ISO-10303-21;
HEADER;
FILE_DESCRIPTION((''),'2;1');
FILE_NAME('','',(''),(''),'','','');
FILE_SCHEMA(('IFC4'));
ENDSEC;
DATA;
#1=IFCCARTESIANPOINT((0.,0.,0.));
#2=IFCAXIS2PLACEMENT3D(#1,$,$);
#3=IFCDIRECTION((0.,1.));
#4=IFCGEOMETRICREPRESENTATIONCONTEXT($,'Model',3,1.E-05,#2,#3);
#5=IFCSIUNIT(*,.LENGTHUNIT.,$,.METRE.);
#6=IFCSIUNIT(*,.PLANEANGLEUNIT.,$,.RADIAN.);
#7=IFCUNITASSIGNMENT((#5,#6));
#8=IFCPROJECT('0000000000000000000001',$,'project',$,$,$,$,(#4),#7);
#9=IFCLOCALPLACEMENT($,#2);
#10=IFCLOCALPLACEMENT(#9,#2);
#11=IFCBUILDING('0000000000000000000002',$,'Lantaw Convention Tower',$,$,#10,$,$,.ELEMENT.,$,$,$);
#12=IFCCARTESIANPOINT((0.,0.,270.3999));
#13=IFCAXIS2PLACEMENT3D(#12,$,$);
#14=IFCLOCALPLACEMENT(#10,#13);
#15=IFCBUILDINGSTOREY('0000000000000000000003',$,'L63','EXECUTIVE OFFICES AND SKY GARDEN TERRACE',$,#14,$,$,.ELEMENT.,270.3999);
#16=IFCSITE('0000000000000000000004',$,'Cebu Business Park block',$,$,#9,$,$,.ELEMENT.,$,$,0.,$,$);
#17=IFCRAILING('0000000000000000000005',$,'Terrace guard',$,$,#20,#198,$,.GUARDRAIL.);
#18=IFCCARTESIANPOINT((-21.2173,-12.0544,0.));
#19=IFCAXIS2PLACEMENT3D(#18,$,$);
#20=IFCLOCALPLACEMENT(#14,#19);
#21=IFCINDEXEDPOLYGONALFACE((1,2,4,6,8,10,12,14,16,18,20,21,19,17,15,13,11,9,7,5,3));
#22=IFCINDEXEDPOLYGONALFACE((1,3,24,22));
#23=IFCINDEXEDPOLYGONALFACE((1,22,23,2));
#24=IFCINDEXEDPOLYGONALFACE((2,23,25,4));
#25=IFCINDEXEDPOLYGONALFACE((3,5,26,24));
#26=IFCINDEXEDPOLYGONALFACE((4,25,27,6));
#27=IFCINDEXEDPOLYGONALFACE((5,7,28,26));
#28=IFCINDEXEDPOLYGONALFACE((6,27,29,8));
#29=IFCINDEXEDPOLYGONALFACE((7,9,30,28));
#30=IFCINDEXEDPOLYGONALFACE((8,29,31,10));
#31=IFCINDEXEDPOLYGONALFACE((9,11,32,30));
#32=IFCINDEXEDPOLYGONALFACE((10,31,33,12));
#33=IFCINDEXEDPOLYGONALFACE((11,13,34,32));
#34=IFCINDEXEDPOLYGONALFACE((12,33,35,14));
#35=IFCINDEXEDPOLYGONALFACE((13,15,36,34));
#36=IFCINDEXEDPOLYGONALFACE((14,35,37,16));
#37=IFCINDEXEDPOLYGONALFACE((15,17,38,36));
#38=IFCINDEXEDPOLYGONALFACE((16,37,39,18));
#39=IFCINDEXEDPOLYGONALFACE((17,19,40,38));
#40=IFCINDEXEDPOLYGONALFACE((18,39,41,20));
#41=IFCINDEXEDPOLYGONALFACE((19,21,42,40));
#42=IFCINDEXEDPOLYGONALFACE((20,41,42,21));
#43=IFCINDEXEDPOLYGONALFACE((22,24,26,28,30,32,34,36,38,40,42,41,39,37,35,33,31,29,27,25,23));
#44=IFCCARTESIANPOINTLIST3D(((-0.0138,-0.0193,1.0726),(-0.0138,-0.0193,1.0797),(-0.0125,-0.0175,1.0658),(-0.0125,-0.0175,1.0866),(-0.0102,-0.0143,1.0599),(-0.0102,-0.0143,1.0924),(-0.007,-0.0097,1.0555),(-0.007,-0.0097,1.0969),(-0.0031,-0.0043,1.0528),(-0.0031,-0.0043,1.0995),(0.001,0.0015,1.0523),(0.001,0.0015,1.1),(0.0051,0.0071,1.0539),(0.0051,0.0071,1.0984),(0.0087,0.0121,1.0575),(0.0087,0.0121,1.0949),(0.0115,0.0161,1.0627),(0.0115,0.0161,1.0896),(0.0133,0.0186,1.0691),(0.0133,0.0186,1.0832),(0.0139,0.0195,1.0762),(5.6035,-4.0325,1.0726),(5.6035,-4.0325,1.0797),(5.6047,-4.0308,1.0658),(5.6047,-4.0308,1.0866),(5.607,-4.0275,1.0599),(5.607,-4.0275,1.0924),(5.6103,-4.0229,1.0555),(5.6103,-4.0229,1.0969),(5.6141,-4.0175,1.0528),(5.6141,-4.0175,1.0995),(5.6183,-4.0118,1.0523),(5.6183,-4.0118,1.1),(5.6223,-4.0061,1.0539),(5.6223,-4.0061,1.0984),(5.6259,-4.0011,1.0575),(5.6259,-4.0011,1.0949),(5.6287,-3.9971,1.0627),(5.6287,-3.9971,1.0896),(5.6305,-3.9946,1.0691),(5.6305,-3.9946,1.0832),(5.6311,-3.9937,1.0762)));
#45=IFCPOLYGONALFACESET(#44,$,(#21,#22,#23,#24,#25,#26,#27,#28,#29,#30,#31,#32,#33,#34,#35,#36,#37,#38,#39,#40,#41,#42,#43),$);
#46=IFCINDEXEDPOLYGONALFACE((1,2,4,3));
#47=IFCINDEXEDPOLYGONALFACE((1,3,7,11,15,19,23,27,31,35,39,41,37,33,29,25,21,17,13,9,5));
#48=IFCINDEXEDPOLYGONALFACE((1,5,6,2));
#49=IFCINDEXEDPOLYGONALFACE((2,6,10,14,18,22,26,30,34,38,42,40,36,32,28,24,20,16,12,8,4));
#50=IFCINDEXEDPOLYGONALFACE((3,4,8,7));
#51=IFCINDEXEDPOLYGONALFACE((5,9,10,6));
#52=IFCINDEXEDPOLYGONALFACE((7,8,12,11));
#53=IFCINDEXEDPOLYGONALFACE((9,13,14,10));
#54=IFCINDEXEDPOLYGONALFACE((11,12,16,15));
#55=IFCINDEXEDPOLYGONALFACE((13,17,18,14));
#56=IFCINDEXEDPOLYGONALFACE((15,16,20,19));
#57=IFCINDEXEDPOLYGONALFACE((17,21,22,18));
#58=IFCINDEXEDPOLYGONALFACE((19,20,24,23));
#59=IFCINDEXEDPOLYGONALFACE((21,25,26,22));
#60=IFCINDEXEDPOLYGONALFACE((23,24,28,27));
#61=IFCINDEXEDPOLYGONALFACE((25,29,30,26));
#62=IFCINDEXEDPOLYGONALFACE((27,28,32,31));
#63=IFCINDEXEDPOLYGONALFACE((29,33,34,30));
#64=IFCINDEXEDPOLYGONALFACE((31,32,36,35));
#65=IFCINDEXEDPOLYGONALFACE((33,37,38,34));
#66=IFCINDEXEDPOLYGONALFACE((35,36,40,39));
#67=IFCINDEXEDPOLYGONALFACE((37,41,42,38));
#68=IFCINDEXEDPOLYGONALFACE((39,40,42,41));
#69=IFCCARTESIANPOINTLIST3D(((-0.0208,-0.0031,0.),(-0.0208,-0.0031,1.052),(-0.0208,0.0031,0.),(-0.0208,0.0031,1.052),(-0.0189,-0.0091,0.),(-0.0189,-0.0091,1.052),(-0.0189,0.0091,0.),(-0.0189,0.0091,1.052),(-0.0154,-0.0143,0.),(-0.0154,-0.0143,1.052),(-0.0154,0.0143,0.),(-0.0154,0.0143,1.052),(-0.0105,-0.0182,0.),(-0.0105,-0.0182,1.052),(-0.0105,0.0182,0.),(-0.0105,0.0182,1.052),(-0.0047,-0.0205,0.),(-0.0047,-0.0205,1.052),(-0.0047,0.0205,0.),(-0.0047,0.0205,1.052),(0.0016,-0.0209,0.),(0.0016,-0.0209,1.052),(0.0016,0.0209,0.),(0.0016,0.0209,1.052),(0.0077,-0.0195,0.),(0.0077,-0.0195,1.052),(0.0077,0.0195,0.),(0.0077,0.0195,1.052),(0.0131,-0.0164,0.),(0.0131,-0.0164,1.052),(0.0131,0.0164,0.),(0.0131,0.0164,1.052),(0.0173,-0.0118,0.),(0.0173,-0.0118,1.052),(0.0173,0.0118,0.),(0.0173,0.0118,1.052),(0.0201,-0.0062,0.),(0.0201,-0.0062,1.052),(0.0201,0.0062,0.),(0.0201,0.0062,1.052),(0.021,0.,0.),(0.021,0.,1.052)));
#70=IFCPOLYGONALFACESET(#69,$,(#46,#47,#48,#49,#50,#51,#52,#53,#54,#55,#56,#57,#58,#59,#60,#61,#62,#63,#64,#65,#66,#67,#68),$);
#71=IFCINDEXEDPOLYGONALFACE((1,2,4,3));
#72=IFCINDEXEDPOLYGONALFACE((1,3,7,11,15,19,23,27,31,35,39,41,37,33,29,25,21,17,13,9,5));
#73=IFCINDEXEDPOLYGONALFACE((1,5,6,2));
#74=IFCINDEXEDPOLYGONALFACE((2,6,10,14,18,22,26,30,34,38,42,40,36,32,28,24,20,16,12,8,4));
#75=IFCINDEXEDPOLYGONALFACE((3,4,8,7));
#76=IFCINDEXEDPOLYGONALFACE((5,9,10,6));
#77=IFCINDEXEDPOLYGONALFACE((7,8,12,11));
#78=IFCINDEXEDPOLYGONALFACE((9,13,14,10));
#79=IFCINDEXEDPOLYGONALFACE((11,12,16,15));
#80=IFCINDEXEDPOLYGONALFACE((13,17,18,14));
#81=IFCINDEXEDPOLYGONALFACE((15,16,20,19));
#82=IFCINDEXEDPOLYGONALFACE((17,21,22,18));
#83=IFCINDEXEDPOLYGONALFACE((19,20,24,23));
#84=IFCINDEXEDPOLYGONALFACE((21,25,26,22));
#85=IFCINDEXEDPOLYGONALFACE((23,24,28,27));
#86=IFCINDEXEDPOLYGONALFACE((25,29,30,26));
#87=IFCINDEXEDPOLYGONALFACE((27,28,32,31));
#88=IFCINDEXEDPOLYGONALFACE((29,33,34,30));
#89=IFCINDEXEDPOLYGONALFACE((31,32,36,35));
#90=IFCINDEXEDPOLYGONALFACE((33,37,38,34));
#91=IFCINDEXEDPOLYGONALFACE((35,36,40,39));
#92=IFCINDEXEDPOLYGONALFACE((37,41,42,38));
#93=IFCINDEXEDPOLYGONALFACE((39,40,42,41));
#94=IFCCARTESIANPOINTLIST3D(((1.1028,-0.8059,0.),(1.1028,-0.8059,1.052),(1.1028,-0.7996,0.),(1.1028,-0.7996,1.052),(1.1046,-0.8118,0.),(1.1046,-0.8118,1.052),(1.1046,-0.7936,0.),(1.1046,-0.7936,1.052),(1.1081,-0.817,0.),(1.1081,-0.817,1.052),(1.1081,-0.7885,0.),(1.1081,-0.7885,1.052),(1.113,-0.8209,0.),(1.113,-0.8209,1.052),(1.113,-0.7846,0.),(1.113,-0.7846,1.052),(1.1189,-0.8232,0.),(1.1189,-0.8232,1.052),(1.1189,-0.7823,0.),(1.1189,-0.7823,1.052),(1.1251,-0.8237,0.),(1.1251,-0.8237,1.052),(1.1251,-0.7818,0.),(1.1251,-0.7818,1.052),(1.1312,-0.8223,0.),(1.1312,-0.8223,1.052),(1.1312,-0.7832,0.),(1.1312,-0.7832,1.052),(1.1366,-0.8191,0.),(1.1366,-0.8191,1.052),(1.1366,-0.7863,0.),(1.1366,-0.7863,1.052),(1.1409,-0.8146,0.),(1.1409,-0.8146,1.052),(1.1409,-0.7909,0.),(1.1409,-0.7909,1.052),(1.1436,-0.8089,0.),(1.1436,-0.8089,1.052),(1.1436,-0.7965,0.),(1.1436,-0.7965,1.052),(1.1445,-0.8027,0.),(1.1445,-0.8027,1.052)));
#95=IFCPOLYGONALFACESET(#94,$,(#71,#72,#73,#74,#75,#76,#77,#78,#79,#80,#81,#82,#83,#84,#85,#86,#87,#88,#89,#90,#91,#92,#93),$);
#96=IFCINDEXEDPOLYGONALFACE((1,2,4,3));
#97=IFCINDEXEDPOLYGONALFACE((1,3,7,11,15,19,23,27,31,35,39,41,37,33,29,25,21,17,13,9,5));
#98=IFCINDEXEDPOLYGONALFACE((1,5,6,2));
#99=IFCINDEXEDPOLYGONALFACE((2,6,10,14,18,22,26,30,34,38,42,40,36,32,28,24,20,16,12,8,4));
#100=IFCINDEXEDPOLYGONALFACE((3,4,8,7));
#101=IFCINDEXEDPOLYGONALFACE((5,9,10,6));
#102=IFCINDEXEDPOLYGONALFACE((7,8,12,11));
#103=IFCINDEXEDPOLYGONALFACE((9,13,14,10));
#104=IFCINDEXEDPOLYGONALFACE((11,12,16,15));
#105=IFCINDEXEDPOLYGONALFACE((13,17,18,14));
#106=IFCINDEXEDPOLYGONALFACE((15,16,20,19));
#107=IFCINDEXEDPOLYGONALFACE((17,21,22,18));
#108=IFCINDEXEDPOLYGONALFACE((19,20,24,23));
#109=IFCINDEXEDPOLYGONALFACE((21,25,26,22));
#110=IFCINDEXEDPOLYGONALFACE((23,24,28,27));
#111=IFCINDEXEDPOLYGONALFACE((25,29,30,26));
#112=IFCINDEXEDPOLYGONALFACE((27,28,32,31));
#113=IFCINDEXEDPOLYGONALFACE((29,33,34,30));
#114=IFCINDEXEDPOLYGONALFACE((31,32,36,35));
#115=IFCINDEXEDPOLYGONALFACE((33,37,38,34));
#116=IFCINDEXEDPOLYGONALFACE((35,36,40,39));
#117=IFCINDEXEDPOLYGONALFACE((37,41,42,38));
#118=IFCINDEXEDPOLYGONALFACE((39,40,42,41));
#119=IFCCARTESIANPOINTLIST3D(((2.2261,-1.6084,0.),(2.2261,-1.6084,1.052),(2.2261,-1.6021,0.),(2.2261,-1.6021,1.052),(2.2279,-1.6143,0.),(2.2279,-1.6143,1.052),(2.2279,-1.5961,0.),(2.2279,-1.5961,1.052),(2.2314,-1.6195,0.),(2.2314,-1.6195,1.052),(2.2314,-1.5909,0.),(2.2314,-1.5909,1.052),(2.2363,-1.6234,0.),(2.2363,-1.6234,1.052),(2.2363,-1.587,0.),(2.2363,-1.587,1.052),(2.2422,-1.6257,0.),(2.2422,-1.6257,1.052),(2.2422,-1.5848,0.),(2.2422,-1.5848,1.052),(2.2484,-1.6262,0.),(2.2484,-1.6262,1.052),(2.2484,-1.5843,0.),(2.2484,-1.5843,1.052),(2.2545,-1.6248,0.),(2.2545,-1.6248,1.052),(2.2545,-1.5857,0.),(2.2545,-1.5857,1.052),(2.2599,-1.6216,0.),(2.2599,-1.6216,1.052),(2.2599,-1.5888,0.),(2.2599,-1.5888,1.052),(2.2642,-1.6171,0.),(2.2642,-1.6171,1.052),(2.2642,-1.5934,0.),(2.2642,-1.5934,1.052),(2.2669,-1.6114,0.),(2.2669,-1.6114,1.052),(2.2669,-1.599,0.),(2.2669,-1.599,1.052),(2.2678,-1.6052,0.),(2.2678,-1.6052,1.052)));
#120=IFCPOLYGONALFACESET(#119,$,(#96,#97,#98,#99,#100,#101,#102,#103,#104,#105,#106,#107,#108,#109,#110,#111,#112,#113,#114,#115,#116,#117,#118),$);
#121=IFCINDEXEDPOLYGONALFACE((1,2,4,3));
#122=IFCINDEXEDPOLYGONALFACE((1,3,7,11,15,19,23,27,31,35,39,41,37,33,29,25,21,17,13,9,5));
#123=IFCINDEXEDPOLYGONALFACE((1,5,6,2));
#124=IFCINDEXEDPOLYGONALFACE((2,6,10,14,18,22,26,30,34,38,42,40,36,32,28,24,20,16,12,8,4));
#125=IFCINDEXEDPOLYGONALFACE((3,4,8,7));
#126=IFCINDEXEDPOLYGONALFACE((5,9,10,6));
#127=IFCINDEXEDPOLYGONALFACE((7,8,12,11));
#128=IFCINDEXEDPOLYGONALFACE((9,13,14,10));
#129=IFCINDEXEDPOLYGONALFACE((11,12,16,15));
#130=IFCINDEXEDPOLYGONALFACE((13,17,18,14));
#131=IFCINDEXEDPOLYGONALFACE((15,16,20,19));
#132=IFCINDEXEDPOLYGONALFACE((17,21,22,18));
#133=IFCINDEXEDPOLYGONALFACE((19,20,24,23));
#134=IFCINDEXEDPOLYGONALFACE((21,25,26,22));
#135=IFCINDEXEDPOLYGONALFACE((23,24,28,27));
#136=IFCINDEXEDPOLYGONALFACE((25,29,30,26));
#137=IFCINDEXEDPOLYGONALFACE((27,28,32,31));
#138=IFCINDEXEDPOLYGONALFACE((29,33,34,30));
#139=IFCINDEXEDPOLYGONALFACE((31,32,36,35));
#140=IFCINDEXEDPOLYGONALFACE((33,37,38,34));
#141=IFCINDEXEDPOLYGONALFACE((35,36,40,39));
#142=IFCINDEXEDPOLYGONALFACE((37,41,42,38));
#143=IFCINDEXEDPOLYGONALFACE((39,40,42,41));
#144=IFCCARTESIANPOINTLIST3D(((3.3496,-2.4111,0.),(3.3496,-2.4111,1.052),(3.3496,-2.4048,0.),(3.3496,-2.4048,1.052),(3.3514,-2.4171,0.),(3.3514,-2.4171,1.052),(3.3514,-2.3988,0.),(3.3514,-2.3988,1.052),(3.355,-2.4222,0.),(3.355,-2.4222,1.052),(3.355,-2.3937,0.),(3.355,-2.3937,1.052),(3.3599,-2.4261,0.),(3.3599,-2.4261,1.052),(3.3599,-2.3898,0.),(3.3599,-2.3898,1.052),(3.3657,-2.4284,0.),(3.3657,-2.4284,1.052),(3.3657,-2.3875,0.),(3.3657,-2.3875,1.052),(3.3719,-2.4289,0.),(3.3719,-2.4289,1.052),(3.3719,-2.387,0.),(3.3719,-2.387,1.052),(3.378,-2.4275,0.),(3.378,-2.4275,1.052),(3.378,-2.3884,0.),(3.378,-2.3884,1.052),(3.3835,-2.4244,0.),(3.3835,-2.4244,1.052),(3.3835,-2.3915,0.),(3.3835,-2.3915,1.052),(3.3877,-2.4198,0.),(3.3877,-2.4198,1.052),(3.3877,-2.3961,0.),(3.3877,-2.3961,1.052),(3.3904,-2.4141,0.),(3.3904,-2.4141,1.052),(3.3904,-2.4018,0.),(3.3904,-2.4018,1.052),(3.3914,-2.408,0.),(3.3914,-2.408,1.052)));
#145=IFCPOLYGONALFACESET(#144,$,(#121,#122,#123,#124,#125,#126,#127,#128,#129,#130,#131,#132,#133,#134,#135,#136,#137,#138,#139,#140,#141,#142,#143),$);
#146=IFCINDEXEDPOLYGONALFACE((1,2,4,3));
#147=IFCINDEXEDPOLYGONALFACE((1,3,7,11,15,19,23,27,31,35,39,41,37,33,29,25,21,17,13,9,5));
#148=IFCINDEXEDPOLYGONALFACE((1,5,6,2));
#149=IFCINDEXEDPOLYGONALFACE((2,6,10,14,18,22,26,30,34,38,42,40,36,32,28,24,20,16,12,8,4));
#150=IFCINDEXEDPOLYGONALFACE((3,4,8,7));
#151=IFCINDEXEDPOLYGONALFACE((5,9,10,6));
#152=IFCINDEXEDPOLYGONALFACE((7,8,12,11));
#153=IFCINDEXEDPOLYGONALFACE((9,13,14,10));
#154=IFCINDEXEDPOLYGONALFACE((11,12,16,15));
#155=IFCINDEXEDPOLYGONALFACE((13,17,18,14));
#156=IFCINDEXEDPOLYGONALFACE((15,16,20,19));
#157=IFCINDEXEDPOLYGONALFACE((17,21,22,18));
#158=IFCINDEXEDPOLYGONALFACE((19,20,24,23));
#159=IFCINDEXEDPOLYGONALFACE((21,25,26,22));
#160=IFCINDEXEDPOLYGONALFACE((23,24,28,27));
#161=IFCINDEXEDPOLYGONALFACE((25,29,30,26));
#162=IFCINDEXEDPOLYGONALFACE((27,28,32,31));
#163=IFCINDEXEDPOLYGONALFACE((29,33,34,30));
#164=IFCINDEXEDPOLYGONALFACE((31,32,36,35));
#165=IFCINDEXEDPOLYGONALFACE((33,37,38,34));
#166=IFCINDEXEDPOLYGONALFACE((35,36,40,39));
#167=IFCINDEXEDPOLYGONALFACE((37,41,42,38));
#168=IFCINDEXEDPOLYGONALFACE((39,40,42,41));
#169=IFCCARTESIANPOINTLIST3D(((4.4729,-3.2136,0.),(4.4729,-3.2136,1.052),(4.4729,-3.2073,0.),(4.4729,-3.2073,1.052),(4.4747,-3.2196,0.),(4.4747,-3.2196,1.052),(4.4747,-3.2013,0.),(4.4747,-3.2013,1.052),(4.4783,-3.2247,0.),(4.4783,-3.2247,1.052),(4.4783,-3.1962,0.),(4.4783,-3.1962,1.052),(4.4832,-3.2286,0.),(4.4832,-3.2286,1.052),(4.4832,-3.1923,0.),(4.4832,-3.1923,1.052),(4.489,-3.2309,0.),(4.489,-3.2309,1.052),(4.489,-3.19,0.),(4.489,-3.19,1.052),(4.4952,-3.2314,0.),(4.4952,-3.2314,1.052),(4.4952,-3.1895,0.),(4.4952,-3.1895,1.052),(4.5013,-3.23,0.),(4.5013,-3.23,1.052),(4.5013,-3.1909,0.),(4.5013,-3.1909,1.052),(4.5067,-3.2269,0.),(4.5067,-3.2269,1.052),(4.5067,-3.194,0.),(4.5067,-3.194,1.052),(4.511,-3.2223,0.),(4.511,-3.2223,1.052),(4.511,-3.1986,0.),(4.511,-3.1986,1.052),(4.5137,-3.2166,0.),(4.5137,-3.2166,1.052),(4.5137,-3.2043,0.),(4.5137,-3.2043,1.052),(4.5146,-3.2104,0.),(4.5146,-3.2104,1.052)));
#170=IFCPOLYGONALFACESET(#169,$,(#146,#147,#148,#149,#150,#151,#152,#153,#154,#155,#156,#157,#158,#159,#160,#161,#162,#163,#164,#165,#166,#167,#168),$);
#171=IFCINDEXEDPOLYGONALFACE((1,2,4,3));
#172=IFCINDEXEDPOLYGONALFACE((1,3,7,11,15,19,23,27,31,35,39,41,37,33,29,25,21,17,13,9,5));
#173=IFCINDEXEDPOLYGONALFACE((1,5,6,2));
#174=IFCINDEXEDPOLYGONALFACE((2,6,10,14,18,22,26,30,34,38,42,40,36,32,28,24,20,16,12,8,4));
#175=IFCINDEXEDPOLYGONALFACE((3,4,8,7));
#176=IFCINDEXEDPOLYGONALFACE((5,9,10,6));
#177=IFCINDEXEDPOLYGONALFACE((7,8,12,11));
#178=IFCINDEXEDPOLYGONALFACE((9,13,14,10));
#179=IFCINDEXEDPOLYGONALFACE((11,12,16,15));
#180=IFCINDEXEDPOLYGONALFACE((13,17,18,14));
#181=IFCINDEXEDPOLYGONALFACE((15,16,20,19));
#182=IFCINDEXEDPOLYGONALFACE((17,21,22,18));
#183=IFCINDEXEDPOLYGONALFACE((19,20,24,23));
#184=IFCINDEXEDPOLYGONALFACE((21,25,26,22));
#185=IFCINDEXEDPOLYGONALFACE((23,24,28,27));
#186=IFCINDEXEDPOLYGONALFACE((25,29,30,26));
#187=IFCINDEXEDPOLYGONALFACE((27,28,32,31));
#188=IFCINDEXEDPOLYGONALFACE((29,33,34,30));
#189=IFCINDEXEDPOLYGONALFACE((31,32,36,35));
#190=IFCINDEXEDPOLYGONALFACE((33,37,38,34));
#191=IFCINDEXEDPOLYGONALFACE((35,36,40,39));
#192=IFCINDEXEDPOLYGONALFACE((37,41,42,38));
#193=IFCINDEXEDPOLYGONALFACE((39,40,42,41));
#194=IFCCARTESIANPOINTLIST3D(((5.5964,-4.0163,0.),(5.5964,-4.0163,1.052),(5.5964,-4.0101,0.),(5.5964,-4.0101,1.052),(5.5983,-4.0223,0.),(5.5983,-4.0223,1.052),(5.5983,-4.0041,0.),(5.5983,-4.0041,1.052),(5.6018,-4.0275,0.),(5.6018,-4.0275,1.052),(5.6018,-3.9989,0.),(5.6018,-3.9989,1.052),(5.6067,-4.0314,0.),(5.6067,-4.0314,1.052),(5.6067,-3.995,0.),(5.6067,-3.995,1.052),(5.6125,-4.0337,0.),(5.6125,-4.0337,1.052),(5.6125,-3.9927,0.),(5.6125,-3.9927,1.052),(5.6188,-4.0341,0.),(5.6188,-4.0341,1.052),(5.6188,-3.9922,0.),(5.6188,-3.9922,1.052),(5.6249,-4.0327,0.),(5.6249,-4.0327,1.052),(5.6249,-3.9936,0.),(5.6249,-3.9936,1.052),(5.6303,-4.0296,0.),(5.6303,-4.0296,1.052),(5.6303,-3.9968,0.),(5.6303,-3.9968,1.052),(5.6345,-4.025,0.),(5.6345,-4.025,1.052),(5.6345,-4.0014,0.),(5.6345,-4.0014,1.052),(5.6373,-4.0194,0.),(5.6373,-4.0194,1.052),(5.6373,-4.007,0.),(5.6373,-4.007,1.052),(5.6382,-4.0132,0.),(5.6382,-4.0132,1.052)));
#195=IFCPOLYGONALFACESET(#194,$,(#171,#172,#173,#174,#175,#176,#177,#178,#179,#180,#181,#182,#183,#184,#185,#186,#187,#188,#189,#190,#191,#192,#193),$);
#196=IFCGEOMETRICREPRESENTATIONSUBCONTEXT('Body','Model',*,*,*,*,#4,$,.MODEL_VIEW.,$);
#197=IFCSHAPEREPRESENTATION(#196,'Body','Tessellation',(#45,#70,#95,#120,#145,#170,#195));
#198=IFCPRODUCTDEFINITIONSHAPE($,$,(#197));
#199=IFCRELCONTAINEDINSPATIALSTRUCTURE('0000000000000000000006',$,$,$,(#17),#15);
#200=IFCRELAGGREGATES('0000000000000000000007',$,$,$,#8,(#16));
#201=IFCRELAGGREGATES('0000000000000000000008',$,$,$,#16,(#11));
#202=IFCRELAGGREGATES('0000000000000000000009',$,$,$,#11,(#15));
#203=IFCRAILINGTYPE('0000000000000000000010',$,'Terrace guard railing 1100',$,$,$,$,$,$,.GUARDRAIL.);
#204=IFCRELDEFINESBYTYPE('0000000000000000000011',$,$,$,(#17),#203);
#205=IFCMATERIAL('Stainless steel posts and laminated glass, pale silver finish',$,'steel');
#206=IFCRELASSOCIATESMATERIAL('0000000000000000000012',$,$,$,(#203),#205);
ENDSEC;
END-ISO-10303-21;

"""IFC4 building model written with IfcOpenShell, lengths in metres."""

from ifc_helpers import new_model, si_unit, direction, frame, origin, origin_2d, place, context, subcontext, project, spatial, circle, extrude, material, type_object, element, save


model = new_model("IFC4")

# Units and contexts
model_context = context("Model", 3, precision=1e-05, world=origin(), true_north=direction((0.0, 1.0)))
body_context = subcontext(model_context, "Body", "Model", "MODEL_VIEW")
ifc_project = project(units=[si_unit("LENGTHUNIT", "METRE"), si_unit("PLANEANGLEUNIT", "RADIAN")], contexts=[model_context])

# Site, building, storey
site_placement = place(None, origin())
site = spatial("IfcSite", under=ifc_project, at=site_placement, Name="Cebu Business Park block", CompositionType="ELEMENT", RefElevation=0.0)
building_placement = place(site_placement, origin())
building = spatial("IfcBuilding", under=site, at=building_placement, Name="Lantaw Convention Tower", CompositionType="ELEMENT")
storey_placement = place(building_placement, frame((0.0, 0.0, 270.3999)))
storey = spatial("IfcBuildingStorey", under=building, at=storey_placement, Name="L63", Description="EXECUTIVE OFFICES AND SKY GARDEN TERRACE", CompositionType="ELEMENT", Elevation=270.3999)

# Railing
ifc_material_1 = material(Name="Stainless steel posts and laminated glass, pale silver finish", Category="steel")
railing_type = type_object("IfcRailingType", Name="Terrace guard railing 1100", PredefinedType="GUARDRAIL", material=ifc_material_1)
railing_1_placement = place(storey_placement, frame((-21.2173, -12.0544, 0.0)))
element("IfcRailing", 1, at=railing_1_placement, inside=storey, type_object=railing_type, Name="Terrace guard", PredefinedType="GUARDRAIL", context=body_context, shape_type="SweptSolid", body=[
    extrude(circle(Radius=0.0239, at=origin_2d()), frame((0.0, 0.0, 1.0762), z_axis=(0.813671, -0.581325, 0.0), x_axis=(0.581325, 0.813671, 0.0)), (0.0, 0.0, 1.0), 6.9036),
    extrude(circle(Radius=0.021, at=origin_2d()), origin(), (0.0, 0.0, 1.0), 1.052),
    extrude(circle(Radius=0.021, at=origin_2d()), frame((1.1235, -0.8027, 0.0)), (0.0, 0.0, 1.0), 1.052),
    extrude(circle(Radius=0.021, at=origin_2d()), frame((2.2468, -1.6052, 0.0)), (0.0, 0.0, 1.0), 1.052),
    extrude(circle(Radius=0.021, at=origin_2d()), frame((3.3704, -2.408, 0.0)), (0.0, 0.0, 1.0), 1.052),
    extrude(circle(Radius=0.021, at=origin_2d()), frame((4.4937, -3.2104, 0.0)), (0.0, 0.0, 1.0), 1.052),
    extrude(circle(Radius=0.021, at=origin_2d()), frame((5.6172, -4.0132, 0.0)), (0.0, 0.0, 1.0), 1.052),
])

save(model, "model.ifc")
